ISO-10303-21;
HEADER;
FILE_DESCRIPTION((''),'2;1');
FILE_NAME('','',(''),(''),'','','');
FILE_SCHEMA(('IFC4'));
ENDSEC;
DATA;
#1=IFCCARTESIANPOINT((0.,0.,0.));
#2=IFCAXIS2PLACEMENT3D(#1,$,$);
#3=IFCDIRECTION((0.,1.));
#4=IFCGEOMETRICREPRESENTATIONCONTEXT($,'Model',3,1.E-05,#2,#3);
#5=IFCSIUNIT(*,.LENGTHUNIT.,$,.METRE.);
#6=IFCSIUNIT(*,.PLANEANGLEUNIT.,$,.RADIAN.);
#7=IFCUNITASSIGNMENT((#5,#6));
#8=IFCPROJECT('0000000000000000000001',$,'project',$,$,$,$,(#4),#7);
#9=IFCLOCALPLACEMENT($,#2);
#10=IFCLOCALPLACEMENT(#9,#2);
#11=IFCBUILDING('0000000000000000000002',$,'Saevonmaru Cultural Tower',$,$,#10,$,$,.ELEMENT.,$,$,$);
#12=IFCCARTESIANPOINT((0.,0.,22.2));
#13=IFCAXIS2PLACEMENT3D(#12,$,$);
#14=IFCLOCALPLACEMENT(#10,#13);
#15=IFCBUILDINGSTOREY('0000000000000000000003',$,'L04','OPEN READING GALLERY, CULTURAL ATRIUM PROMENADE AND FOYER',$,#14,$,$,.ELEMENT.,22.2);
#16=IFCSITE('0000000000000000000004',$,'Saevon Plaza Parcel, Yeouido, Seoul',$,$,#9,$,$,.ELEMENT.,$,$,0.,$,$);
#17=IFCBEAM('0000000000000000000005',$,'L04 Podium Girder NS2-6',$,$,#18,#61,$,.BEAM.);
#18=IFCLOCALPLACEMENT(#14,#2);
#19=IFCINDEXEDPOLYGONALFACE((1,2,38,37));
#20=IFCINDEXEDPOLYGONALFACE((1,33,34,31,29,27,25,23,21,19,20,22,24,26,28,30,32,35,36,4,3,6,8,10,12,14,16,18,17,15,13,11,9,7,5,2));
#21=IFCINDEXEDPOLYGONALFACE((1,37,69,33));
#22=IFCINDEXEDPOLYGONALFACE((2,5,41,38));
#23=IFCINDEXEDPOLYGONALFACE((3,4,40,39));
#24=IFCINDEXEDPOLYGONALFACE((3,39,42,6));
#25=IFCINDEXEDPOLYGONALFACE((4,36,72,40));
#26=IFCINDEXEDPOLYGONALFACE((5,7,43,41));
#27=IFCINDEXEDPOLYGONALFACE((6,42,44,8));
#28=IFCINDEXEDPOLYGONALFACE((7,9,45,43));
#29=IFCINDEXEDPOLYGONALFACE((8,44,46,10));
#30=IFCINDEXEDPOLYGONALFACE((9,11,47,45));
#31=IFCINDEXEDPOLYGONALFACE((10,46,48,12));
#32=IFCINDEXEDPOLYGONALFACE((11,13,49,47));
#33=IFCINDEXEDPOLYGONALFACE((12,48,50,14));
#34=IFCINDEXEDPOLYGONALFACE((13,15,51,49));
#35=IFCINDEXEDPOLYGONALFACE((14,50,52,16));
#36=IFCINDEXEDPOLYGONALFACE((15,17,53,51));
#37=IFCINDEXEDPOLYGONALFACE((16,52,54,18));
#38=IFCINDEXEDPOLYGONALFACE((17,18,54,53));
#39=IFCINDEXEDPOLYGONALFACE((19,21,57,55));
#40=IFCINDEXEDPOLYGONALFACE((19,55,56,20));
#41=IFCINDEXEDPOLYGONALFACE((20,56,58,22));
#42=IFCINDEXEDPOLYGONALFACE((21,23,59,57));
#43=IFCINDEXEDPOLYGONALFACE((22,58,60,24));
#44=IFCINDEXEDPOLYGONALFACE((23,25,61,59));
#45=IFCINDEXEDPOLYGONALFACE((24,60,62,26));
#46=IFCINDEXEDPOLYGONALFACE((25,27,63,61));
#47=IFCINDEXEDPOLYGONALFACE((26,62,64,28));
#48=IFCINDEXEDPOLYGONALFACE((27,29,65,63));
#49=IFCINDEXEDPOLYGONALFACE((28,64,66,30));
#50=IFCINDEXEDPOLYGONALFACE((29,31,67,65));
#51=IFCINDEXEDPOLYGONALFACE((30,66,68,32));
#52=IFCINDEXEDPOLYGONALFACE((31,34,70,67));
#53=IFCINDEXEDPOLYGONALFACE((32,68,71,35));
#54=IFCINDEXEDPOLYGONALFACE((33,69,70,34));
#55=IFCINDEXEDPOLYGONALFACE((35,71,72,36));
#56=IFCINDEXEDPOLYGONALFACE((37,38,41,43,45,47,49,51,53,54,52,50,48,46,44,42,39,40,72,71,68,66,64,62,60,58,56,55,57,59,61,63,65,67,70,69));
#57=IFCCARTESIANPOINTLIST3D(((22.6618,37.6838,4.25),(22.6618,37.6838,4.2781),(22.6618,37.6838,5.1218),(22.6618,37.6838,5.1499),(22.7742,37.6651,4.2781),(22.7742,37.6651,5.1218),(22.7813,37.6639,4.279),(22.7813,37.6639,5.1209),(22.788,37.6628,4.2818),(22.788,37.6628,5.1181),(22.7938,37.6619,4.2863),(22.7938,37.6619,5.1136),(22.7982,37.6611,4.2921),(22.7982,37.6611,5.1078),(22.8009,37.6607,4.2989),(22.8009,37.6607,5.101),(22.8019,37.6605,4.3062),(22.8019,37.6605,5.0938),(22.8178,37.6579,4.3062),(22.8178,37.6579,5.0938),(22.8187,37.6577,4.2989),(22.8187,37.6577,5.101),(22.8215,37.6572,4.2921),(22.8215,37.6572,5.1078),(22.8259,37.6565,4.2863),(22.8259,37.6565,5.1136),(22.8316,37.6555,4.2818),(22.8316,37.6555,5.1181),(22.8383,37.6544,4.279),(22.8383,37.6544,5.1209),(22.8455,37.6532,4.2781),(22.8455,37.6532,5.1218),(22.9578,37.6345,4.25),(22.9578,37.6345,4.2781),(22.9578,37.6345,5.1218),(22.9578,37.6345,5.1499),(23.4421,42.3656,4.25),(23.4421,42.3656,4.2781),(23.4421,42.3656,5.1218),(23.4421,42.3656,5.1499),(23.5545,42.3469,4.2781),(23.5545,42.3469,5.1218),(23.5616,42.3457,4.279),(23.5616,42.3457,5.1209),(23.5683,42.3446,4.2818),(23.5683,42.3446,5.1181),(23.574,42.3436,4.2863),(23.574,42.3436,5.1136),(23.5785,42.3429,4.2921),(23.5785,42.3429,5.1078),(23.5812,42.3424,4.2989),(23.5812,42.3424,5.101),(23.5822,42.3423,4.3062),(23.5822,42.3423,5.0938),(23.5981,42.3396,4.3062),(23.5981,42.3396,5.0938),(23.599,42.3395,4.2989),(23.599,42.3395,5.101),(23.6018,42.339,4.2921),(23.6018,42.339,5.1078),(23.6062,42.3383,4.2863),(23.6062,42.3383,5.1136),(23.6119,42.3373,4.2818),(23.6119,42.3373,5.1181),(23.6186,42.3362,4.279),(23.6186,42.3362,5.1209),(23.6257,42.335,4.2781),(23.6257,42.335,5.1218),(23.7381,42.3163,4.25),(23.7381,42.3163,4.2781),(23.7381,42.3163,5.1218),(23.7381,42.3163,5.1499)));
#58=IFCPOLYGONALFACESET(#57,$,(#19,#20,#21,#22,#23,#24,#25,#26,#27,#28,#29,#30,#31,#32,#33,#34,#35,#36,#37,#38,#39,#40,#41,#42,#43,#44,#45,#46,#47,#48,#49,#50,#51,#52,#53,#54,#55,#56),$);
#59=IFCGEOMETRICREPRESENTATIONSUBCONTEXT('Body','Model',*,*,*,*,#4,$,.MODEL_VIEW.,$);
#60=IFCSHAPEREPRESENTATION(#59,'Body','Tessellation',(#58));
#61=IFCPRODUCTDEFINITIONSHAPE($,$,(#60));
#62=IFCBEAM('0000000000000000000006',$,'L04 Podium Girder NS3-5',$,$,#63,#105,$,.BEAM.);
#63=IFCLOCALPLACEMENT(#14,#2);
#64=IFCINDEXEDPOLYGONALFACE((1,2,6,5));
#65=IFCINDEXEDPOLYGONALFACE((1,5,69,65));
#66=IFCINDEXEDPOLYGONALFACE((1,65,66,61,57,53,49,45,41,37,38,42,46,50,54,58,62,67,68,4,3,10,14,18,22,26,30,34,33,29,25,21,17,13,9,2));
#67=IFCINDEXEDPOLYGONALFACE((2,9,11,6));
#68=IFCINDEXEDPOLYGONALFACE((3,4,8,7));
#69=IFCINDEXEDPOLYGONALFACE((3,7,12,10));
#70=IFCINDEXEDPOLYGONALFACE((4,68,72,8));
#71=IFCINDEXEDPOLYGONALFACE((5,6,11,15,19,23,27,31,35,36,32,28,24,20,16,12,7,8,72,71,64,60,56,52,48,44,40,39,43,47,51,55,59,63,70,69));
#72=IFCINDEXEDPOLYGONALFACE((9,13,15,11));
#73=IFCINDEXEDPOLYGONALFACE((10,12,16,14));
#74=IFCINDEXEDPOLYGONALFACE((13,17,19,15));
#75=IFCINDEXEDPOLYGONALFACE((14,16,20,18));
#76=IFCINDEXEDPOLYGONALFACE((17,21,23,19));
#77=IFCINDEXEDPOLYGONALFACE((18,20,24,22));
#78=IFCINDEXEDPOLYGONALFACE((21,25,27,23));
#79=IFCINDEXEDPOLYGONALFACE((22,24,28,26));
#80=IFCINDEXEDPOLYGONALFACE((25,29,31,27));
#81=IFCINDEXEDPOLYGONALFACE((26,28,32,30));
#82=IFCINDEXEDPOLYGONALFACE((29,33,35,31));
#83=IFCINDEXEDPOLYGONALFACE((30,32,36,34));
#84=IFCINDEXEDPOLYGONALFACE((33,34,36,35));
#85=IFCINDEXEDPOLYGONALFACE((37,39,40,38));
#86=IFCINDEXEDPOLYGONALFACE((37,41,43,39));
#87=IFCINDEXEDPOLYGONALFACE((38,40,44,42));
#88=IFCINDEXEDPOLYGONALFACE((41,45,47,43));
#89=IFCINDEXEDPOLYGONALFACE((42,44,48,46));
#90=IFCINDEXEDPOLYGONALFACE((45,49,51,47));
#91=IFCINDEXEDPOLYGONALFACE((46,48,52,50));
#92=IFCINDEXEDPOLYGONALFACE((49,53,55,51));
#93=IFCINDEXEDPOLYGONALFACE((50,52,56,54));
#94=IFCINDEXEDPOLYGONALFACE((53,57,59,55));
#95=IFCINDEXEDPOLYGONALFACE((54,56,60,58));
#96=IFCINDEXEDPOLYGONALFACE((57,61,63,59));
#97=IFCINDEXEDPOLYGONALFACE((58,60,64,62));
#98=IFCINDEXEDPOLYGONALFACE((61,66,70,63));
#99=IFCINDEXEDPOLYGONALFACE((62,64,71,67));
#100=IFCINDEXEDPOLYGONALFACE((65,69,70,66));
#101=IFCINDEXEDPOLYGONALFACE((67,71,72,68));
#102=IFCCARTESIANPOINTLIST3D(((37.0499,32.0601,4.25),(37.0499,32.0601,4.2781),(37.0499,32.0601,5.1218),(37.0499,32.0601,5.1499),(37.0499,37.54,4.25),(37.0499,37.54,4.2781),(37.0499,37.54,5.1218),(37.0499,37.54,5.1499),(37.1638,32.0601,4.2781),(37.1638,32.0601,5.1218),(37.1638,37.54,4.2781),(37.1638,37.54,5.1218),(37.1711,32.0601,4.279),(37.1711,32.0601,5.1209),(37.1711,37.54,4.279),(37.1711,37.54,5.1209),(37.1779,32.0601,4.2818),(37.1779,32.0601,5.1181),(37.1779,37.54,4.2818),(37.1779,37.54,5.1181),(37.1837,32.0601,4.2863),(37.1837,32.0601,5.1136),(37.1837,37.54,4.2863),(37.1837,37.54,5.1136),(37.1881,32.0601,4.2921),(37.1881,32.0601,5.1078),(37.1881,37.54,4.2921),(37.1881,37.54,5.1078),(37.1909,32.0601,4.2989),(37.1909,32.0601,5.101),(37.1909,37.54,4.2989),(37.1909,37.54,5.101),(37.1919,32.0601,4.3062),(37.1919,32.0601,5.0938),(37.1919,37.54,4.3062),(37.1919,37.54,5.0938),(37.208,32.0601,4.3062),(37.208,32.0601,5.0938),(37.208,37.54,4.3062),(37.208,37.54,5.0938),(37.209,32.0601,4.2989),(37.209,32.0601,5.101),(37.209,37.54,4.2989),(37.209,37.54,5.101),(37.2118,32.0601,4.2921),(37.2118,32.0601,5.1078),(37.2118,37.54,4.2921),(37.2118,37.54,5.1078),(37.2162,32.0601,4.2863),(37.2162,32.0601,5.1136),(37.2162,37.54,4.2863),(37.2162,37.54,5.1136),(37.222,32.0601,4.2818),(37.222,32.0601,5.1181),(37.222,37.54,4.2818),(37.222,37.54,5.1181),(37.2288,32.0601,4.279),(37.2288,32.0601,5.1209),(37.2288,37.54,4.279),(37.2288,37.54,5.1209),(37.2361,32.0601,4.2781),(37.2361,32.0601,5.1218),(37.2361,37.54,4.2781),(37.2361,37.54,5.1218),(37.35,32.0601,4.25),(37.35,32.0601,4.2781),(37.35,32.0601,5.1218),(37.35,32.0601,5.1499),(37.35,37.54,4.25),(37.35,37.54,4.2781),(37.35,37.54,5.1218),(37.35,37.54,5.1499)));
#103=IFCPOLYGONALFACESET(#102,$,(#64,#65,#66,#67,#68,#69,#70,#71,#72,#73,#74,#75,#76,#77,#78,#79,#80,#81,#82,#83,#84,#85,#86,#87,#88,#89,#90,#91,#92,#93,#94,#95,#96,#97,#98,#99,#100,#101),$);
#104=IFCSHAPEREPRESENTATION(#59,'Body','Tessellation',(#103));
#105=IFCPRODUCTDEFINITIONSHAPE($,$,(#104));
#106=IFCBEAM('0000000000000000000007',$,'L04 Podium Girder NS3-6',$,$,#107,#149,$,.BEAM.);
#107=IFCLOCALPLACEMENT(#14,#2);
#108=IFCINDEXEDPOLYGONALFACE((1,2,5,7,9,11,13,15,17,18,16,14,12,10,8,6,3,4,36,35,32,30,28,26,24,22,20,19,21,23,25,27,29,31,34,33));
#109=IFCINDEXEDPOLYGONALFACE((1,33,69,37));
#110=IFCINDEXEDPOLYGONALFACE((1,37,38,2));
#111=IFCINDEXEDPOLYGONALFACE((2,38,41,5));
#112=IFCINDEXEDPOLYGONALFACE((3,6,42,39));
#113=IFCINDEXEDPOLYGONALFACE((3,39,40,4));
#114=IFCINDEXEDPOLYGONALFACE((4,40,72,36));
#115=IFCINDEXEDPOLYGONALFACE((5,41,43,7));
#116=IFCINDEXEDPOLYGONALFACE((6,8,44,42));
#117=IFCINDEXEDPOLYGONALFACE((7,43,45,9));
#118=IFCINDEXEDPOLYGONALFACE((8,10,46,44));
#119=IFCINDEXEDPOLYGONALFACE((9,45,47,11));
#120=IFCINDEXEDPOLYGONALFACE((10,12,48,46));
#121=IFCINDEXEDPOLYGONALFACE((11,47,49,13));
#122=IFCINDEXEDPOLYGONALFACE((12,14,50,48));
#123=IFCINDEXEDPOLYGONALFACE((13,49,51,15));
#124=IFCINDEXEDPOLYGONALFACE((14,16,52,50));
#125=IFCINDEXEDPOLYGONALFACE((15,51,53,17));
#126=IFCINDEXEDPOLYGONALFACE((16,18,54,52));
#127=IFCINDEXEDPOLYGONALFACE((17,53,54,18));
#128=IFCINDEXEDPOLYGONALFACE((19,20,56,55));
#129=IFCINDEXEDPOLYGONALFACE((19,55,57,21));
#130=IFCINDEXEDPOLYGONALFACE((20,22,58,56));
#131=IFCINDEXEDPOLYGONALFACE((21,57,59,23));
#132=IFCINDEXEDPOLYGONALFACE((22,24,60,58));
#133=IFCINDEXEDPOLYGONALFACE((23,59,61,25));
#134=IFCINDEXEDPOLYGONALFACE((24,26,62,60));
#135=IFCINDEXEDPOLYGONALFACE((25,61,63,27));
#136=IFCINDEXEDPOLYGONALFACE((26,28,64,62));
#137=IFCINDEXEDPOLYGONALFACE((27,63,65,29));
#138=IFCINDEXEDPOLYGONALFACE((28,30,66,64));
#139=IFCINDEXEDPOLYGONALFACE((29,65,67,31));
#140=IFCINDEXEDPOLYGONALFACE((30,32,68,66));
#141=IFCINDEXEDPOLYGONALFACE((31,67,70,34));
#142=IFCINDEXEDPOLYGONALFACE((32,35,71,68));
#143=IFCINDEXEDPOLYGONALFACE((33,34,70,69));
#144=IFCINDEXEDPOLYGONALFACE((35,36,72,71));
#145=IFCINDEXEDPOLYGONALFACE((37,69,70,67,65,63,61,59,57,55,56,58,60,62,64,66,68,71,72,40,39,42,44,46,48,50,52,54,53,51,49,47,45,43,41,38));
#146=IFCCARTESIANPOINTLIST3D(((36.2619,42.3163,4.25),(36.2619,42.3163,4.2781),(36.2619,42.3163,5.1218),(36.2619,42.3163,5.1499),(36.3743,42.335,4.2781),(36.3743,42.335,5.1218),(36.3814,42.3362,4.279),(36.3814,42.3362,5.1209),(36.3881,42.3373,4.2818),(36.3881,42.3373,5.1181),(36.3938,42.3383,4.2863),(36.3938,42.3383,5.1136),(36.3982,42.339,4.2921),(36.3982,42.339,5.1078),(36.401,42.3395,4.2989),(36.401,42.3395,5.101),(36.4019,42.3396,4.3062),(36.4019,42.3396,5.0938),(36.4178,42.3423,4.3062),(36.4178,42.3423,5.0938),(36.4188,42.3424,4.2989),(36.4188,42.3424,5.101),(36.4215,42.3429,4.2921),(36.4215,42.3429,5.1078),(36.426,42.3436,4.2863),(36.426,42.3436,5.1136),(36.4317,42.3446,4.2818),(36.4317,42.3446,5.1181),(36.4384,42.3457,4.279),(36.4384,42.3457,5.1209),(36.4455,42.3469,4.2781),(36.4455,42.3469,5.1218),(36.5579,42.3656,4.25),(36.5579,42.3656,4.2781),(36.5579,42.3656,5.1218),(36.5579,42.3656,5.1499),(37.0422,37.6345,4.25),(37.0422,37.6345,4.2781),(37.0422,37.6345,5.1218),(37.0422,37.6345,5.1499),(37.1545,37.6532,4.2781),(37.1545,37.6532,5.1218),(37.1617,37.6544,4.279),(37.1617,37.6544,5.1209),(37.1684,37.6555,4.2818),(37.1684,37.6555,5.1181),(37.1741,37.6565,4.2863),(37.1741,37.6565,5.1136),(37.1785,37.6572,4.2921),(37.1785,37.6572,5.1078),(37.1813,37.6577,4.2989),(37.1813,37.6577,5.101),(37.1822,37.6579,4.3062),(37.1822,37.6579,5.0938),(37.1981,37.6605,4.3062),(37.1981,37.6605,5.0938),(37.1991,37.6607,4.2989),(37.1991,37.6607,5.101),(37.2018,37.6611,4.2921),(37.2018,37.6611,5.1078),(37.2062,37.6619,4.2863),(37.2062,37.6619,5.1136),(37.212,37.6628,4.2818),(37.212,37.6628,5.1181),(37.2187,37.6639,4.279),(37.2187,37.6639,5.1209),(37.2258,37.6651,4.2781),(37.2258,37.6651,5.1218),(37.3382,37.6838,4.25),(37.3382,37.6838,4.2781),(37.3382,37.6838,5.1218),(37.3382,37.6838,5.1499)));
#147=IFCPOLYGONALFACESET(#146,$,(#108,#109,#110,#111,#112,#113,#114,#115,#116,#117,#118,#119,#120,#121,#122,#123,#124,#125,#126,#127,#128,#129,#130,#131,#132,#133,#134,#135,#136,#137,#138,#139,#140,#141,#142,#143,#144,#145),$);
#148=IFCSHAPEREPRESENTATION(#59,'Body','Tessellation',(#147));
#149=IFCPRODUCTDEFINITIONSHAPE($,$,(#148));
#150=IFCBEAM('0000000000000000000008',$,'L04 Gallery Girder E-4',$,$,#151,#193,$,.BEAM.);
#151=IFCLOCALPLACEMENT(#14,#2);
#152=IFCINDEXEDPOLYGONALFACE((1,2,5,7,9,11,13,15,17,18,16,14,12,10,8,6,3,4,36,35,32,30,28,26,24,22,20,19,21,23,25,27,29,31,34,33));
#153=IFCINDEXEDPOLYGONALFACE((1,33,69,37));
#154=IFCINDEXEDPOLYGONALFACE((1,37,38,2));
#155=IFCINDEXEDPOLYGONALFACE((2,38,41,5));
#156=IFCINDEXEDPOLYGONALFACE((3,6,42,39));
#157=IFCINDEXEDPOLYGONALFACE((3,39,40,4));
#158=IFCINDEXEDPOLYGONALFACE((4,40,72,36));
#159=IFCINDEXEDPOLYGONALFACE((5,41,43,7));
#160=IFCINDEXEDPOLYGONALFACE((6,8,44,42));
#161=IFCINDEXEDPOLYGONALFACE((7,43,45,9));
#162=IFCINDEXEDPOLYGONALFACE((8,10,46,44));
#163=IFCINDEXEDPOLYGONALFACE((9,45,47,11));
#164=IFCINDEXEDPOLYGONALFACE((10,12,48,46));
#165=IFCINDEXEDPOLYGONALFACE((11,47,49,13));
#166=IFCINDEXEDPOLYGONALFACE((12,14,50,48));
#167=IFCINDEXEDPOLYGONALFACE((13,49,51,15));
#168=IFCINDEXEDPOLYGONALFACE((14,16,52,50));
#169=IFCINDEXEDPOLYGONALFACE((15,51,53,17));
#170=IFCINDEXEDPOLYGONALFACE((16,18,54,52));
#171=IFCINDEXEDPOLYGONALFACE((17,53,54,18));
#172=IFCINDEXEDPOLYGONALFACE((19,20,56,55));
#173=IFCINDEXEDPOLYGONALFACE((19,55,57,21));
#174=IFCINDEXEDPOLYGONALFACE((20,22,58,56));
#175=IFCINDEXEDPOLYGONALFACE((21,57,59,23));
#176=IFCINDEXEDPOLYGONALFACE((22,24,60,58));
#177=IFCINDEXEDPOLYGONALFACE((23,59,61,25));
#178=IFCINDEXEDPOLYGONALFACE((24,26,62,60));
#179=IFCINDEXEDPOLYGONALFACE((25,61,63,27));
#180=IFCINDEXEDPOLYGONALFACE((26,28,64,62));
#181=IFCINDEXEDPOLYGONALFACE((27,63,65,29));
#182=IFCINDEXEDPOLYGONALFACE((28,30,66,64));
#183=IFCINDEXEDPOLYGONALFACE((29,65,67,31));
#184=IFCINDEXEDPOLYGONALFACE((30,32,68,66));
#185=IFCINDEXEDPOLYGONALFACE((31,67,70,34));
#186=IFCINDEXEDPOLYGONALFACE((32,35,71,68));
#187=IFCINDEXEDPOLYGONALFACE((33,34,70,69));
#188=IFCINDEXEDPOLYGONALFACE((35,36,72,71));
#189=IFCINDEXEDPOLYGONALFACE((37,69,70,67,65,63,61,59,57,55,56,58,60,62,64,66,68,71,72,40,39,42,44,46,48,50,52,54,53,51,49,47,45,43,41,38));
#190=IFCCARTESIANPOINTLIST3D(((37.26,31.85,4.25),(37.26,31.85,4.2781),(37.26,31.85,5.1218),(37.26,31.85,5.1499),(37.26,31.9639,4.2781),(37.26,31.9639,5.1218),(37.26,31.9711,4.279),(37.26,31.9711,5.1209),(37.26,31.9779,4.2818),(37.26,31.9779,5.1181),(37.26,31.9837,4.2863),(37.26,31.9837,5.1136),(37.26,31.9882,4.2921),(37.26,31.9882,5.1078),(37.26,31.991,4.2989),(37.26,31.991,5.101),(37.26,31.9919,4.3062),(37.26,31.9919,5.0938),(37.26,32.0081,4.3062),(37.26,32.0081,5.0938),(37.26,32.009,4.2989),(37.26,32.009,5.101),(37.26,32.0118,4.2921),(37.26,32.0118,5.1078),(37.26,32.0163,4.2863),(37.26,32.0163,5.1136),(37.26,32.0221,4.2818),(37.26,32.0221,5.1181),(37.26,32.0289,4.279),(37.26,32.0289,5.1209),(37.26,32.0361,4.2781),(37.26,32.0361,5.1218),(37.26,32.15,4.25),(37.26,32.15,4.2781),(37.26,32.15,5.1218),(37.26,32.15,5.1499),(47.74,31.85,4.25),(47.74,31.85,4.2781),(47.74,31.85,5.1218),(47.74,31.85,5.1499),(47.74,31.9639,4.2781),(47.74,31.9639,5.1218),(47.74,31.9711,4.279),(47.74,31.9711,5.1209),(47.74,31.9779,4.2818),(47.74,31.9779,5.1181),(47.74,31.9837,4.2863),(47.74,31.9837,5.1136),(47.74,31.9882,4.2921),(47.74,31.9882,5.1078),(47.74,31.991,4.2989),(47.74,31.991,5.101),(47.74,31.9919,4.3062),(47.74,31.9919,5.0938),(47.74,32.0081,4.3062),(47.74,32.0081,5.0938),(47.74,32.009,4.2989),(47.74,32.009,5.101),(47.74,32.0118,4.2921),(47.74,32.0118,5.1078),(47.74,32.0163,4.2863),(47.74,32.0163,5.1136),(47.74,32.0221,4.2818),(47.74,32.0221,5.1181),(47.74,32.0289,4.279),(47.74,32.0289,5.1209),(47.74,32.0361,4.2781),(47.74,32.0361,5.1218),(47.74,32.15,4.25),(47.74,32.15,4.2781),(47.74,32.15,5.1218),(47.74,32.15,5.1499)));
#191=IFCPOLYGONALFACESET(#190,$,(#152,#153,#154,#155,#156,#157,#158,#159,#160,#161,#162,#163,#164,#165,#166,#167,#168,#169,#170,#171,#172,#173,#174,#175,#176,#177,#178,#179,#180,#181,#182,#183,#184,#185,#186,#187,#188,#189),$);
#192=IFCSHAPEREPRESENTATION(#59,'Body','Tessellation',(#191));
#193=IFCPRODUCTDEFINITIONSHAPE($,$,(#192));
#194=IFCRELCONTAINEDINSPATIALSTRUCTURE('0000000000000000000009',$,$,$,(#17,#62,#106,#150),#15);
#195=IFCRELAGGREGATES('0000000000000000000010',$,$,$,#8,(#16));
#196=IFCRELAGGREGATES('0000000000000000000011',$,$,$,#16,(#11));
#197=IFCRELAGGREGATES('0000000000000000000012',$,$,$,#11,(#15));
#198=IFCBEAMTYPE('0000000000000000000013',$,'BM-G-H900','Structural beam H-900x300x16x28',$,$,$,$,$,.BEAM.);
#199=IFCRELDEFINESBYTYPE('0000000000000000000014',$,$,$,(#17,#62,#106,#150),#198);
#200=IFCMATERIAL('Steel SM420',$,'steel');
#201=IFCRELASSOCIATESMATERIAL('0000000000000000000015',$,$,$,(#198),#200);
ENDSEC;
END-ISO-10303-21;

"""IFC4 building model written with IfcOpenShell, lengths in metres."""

from ifc_helpers import new_model, si_unit, direction, frame, origin, origin_2d, place, context, subcontext, project, spatial, i_section, extrude, material, material_profile, profile_set, type_object, element, save


model = new_model("IFC4")

# Units and contexts
model_context = context("Model", 3, precision=1e-05, world=origin(), true_north=direction((0.0, 1.0)))
body_context = subcontext(model_context, "Body", "Model", "MODEL_VIEW")
ifc_project = project(units=[si_unit("LENGTHUNIT", "METRE"), si_unit("PLANEANGLEUNIT", "RADIAN")], contexts=[model_context])

# Site, building, storey
site_placement = place(None, origin())
site = spatial("IfcSite", under=ifc_project, at=site_placement, Name="Saevon Plaza Parcel, Yeouido, Seoul", CompositionType="ELEMENT", RefElevation=0.0)
building_placement = place(site_placement, origin())
building = spatial("IfcBuilding", under=site, at=building_placement, Name="Saevonmaru Cultural Tower", CompositionType="ELEMENT")
storey_placement = place(building_placement, frame((0.0, 0.0, 22.2)))
storey = spatial("IfcBuildingStorey", under=building, at=storey_placement, Name="L04", Description="OPEN READING GALLERY, CULTURAL ATRIUM PROMENADE AND FOYER", CompositionType="ELEMENT", Elevation=22.2)

# Shared definitions
ifc_material_1 = material(Name="Steel SM420", Category="steel")

# Beams
ifc_material_profile_1 = material_profile(ifc_material_1, i_section(OverallWidth=0.3, OverallDepth=0.8999, WebThickness=0.0161, FlangeThickness=0.0281, FilletRadius=0.0281, at=origin_2d()), Name="H-900x300x16x28")
ifc_profile_set_1 = profile_set([ifc_material_profile_1], Name="Steel SM420")
beam_type_1 = type_object("IfcBeamType", Name="BM-G-H900", Description="Structural beam H-900x300x16x28", PredefinedType="BEAM", material=ifc_profile_set_1)
beam_1_placement = place(storey_placement, frame((22.8098, 37.6592, 4.7), z_axis=(0.164399, 0.986394, 0.0), x_axis=(-0.986394, 0.164399, 0.0)))
element("IfcBeam", 1, at=beam_1_placement, inside=storey, type_object=beam_type_1, Name="L04 Podium Girder NS2-6", PredefinedType="BEAM", context=body_context, shape_type="SweptSolid", body=[
    extrude(i_section(OverallWidth=0.3, OverallDepth=0.8999, WebThickness=0.0161, FlangeThickness=0.0281, FilletRadius=0.0281, at=origin_2d()), origin(), (0.0, 0.0, 1.0), 4.7463),
])
beam_2_placement = place(storey_placement, frame((37.2, 32.0601, 4.7), z_axis=(0.0, 1.0, 0.0), x_axis=(-1.0, 0.0, 0.0)))
element("IfcBeam", 2, at=beam_2_placement, inside=storey, type_object=beam_type_1, Name="L04 Podium Girder NS3-5", PredefinedType="BEAM", context=body_context, shape_type="SweptSolid", body=[
    extrude(i_section(OverallWidth=0.3, OverallDepth=0.8999, WebThickness=0.0161, FlangeThickness=0.0281, FilletRadius=0.0281, at=origin_2d()), origin(), (0.0, 0.0, 1.0), 5.48),
])
beam_3_placement = place(storey_placement, frame((37.1902, 37.6592, 4.7), z_axis=(-0.164399, 0.986394, 0.0), x_axis=(-0.986394, -0.164399, 0.0)))
element("IfcBeam", 3, at=beam_3_placement, inside=storey, type_object=beam_type_1, Name="L04 Podium Girder NS3-6", PredefinedType="BEAM", context=body_context, shape_type="SweptSolid", body=[
    extrude(i_section(OverallWidth=0.3, OverallDepth=0.8999, WebThickness=0.0161, FlangeThickness=0.0281, FilletRadius=0.0281, at=origin_2d()), origin(), (0.0, 0.0, 1.0), 4.7463),
])
for number, where, z_axis, x_axis, name in (
    (4, (37.26, 32.0, 4.7), (1.0, 0.0, 0.0), (0.0, 1.0, 0.0), "L04 Gallery Girder E-4"),
):
    element("IfcBeam", number, at=place(storey_placement, frame(where, z_axis=z_axis, x_axis=x_axis)), inside=storey, type_object=beam_type_1, Name=name, PredefinedType="BEAM", context=body_context, shape_type="SweptSolid", body=[
        extrude(i_section(OverallWidth=0.3, OverallDepth=0.8999, WebThickness=0.0161, FlangeThickness=0.0281, FilletRadius=0.0281, at=origin_2d()), origin(), (0.0, 0.0, 1.0), 10.48),
    ])

save(model, "model.ifc")
